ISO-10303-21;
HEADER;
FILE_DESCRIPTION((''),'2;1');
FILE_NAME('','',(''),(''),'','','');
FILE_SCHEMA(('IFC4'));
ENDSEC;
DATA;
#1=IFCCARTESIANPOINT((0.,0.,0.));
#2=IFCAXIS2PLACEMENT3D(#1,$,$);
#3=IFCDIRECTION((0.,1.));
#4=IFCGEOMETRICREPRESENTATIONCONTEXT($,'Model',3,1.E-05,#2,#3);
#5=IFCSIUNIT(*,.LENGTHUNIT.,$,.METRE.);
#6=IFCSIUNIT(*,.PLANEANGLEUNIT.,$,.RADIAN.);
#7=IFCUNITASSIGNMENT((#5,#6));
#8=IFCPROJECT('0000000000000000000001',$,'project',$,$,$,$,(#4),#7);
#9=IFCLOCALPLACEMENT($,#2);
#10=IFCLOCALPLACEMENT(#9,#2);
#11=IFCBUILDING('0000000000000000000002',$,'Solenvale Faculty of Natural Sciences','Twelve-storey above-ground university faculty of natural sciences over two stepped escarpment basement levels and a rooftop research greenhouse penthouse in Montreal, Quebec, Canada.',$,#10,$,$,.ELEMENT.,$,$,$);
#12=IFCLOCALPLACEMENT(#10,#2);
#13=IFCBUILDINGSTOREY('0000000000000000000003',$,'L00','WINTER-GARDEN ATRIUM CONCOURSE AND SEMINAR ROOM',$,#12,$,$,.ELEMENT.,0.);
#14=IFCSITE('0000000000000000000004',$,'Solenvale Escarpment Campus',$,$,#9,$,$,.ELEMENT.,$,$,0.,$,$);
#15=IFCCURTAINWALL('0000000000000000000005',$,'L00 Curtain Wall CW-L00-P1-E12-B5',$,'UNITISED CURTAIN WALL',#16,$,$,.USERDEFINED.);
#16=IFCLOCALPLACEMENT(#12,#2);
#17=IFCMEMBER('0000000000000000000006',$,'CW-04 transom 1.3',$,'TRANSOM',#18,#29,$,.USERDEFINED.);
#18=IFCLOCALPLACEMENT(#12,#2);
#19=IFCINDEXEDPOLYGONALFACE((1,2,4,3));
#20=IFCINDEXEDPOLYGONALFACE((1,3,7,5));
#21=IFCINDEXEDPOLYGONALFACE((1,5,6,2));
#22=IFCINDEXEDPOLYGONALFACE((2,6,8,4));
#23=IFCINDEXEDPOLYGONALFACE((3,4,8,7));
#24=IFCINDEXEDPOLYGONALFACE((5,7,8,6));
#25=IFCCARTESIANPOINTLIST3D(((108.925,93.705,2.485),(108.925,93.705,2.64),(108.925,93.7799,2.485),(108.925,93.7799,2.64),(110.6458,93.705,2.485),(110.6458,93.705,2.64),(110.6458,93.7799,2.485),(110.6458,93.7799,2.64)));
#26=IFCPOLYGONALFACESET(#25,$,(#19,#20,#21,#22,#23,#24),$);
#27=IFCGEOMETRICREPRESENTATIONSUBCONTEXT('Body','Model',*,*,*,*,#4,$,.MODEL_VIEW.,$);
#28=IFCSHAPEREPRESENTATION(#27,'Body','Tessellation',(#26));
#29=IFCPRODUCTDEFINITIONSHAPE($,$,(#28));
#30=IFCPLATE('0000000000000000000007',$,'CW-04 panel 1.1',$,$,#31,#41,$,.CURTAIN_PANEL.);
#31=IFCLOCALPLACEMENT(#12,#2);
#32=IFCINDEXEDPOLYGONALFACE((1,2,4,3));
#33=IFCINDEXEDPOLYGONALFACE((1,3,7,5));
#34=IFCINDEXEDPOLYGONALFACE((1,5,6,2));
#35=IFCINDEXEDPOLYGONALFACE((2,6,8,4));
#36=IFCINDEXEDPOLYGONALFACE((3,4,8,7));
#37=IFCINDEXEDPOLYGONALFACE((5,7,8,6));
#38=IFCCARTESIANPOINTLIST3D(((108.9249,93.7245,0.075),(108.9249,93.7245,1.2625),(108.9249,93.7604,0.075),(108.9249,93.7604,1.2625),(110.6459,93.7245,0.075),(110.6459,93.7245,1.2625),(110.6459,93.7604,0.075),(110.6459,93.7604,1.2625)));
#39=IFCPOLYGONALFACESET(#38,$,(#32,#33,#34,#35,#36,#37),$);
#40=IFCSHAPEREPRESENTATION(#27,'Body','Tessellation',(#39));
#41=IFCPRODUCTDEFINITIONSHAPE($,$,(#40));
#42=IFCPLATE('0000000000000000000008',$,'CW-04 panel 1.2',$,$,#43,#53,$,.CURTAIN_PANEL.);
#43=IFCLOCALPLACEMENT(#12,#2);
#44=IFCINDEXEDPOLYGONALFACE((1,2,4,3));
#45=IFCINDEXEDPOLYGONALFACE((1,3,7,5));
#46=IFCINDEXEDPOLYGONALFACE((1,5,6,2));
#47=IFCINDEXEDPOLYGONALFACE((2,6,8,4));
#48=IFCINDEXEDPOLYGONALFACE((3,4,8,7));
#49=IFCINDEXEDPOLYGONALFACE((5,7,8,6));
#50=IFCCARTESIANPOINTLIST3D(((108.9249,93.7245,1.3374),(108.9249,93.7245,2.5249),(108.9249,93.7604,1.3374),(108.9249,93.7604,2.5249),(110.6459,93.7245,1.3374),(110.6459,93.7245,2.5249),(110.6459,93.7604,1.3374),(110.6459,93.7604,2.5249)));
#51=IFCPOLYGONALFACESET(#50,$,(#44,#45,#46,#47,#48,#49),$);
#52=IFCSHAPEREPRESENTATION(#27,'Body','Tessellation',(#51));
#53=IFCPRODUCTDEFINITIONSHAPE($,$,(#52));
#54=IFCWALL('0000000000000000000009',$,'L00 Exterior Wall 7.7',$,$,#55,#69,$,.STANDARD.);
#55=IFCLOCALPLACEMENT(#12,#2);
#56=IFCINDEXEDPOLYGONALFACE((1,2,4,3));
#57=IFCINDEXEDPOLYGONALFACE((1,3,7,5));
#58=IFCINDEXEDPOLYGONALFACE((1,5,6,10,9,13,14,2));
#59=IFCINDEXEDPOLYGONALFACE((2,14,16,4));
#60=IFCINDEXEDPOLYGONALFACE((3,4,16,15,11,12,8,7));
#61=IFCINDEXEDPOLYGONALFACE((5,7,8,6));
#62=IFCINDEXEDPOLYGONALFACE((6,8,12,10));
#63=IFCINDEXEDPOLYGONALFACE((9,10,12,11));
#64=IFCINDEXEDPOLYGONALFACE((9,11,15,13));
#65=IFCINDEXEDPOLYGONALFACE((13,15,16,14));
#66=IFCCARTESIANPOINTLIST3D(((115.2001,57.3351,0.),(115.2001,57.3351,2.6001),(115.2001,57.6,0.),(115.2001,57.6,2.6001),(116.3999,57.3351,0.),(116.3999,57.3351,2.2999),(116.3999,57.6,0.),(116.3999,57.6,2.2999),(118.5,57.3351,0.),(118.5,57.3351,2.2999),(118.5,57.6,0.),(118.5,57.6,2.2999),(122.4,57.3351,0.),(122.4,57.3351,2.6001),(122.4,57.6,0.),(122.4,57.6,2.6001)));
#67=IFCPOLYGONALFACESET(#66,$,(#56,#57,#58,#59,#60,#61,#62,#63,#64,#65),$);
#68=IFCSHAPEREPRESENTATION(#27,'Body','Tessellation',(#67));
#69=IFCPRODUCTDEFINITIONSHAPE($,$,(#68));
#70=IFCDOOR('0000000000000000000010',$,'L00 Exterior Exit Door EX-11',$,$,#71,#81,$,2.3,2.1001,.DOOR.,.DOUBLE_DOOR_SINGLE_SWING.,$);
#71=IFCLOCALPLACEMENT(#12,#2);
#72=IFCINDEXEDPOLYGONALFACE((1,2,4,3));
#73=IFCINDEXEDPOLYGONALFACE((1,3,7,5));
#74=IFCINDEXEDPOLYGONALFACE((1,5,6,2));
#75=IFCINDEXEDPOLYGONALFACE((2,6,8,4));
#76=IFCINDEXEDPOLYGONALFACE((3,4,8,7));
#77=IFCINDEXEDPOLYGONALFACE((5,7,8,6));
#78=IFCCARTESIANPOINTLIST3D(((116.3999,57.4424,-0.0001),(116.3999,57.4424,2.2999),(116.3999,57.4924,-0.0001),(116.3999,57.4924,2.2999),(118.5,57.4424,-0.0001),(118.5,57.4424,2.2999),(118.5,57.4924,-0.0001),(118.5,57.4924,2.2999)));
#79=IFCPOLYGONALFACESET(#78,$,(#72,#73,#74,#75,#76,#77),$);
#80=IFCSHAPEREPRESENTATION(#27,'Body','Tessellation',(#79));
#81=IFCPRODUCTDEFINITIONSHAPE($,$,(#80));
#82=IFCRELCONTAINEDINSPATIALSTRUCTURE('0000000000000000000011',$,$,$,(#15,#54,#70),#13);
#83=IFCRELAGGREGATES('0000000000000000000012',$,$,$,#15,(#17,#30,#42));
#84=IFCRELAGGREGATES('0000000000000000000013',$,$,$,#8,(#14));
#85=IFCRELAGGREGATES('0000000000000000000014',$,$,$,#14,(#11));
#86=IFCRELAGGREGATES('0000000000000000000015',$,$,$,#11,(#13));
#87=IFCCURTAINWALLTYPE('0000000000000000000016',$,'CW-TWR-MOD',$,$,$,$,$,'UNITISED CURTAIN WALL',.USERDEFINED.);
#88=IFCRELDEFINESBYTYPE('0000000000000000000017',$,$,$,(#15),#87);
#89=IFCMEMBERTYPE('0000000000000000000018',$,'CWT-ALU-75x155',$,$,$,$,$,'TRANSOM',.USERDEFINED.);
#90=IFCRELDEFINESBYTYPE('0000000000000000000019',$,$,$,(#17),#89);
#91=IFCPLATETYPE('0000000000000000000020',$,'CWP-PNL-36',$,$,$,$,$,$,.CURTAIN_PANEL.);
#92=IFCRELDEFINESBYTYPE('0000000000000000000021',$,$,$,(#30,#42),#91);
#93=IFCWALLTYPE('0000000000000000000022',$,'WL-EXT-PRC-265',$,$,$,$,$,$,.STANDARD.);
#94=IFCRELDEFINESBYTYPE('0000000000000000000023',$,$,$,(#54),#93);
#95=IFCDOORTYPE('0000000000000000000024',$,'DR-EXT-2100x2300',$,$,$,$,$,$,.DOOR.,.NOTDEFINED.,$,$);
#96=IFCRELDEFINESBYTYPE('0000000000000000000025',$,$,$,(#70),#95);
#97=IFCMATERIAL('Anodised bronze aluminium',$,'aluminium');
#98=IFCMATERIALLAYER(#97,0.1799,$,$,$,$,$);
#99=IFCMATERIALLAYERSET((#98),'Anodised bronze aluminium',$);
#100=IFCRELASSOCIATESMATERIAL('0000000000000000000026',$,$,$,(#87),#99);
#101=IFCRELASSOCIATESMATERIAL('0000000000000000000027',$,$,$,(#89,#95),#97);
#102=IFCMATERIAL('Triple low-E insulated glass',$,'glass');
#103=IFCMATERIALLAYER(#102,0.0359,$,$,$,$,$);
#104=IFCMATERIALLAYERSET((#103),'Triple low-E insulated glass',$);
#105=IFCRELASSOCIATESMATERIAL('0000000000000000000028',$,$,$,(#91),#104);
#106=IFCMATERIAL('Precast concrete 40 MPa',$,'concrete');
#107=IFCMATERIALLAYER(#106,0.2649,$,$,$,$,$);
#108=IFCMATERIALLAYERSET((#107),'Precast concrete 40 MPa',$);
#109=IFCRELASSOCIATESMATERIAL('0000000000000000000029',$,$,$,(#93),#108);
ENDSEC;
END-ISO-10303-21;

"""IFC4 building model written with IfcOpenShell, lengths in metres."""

from ifc_helpers import new_model, si_unit, direction, frame, frame_2d, origin, origin_2d, place, context, subcontext, project, spatial, rectangle, extrude, material, layer, layer_set, material_profile, profile_set, type_object, element, fill, aggregate, save


model = new_model("IFC4")

# Units and contexts
model_context = context("Model", 3, precision=1e-05, world=origin(), true_north=direction((0.0, 1.0)))
body_context = subcontext(model_context, "Body", "Model", "MODEL_VIEW")
ifc_project = project(units=[si_unit("LENGTHUNIT", "METRE"), si_unit("PLANEANGLEUNIT", "RADIAN")], contexts=[model_context])

# Site, building, storey
site_placement = place(None, origin())
site = spatial("IfcSite", under=ifc_project, at=site_placement, Name="Solenvale Escarpment Campus", CompositionType="ELEMENT", RefElevation=0.0)
building_placement = place(site_placement, origin())
building = spatial("IfcBuilding", under=site, at=building_placement, Name="Solenvale Faculty of Natural Sciences", Description="Twelve-storey above-ground university faculty of natural sciences over two stepped escarpment basement levels and a rooftop research greenhouse penthouse in Montreal, Quebec, Canada.", CompositionType="ELEMENT")
storey_placement = place(building_placement, origin())
storey = spatial("IfcBuildingStorey", under=building, at=storey_placement, Name="L00", Description="WINTER-GARDEN ATRIUM CONCOURSE AND SEMINAR ROOM", CompositionType="ELEMENT", Elevation=0.0)

# Curtain wall, member, plates
ifc_material_1 = material(Name="Anodised bronze aluminium", Category="aluminium")
ifc_layer_1 = layer(ifc_material_1, 0.1799)
ifc_layer_set_1 = layer_set([ifc_layer_1], Name="Anodised bronze aluminium")
curtain_wall_type = type_object("IfcCurtainWallType", Name="CW-TWR-MOD", ElementType="UNITISED CURTAIN WALL", PredefinedType="USERDEFINED", material=ifc_layer_set_1)
curtain_wall_placement = place(storey_placement, origin())
curtain_wall = element("IfcCurtainWall", 1, at=curtain_wall_placement, inside=storey, type_object=curtain_wall_type, Name="L00 Curtain Wall CW-L00-P1-E12-B5", ObjectType="UNITISED CURTAIN WALL", PredefinedType="USERDEFINED")
ifc_material_profile_1 = material_profile(ifc_material_1, rectangle(XDim=0.075, YDim=0.155, at=origin_2d()), Name="ALU-TRN-75x155")
ifc_profile_set_1 = profile_set([ifc_material_profile_1], Name="Anodised bronze aluminium")
member_type_1 = type_object("IfcMemberType", Name="CWT-ALU-75x155", ElementType="TRANSOM", PredefinedType="USERDEFINED", material=ifc_profile_set_1)
member_1_placement = place(storey_placement, frame((108.925, 93.7424, 2.5625), z_axis=(1.0, 0.0, 0.0), x_axis=(0.0, 1.0, 0.0)))
member_1 = element("IfcMember", 2, at=member_1_placement, type_object=member_type_1, Name="CW-04 transom 1.3", ObjectType="TRANSOM", PredefinedType="USERDEFINED", context=body_context, shape_type="SweptSolid", body=[
    extrude(rectangle(XDim=0.075, YDim=0.155, at=origin_2d()), origin(), (0.0, 0.0, 1.0), 1.7207),
])
ifc_material_2 = material(Name="Triple low-E insulated glass", Category="glass")
ifc_layer_2 = layer(ifc_material_2, 0.0359)
ifc_layer_set_2 = layer_set([ifc_layer_2], Name="Triple low-E insulated glass")
plate_type = type_object("IfcPlateType", Name="CWP-PNL-36", PredefinedType="CURTAIN_PANEL", material=ifc_layer_set_2)
plate_1_placement = place(storey_placement, frame((109.7854, 93.7424, 0.075), z_axis=(0.0, 0.0, 1.0), x_axis=(1.0, 0.0, 0.0)))
plate_1 = element("IfcPlate", 3, at=plate_1_placement, type_object=plate_type, Name="CW-04 panel 1.1", PredefinedType="CURTAIN_PANEL", context=body_context, shape_type="SweptSolid", body=[
    extrude(rectangle(XDim=1.7209, YDim=0.0359, at=origin_2d()), origin(), (0.0, 0.0, 1.0), 1.1875),
])
plate_2_placement = place(storey_placement, frame((109.7854, 93.7424, 1.3374), z_axis=(0.0, 0.0, 1.0), x_axis=(1.0, 0.0, 0.0)))
plate_2 = element("IfcPlate", 4, at=plate_2_placement, type_object=plate_type, Name="CW-04 panel 1.2", PredefinedType="CURTAIN_PANEL", context=body_context, shape_type="SweptSolid", body=[
    extrude(rectangle(XDim=1.7209, YDim=0.0359, at=origin_2d()), origin(), (0.0, 0.0, 1.0), 1.1875),
])
aggregate(curtain_wall, [member_1, plate_1, plate_2])

# Wall, opening, door
ifc_material_3 = material(Name="Precast concrete 40 MPa", Category="concrete")
ifc_layer_3 = layer(ifc_material_3, 0.2649)
ifc_layer_set_3 = layer_set([ifc_layer_3], Name="Precast concrete 40 MPa")
wall_type = type_object("IfcWallType", Name="WL-EXT-PRC-265", PredefinedType="STANDARD", material=ifc_layer_set_3)
wall_placement = place(storey_placement, frame((115.2, 57.4675, 0.0), z_axis=(0.0, 0.0, 1.0), x_axis=(1.0, 0.0, 0.0)))
wall = element("IfcWall", 5, at=wall_placement, inside=storey, type_object=wall_type, Name="L00 Exterior Wall 7.7", PredefinedType="STANDARD", context=body_context, shape_type="SweptSolid", body=[
    extrude(rectangle(XDim=7.2, YDim=0.2649, at=frame_2d((3.6001, 0.0))), origin(), (0.0, 0.0, 1.0), 2.6001),
])
opening_placement = place(wall_placement, frame((1.2, 0.0, 0.0)))
opening = element("IfcOpeningElement", 6, at=opening_placement, cuts=wall, PredefinedType="OPENING", context=body_context, shape_type="SweptSolid", body=[
    extrude(rectangle(XDim=2.1001, YDim=2.3, at=frame_2d((1.05, 1.1499))), frame((0.0, 0.1423, 0.0), z_axis=(0.0, -1.0, 0.0), x_axis=(1.0, 0.0, 0.0)), (0.0, 0.0, 1.0), 0.2849),
])
door_type = type_object("IfcDoorType", Name="DR-EXT-2100x2300", OperationType="NOTDEFINED", PredefinedType="DOOR", material=ifc_material_1)
door_placement = place(opening_placement, origin())
door = element("IfcDoor", 7, at=door_placement, inside=storey, type_object=door_type, Name="L00 Exterior Exit Door EX-11", OperationType="DOUBLE_DOOR_SINGLE_SWING", OverallHeight=2.3, OverallWidth=2.1001, PredefinedType="DOOR", context=body_context, shape_type="SweptSolid", body=[
    extrude(rectangle(XDim=2.1001, YDim=2.3, at=frame_2d((1.05, 1.1499))), frame((0.0, 0.0249, 0.0), z_axis=(0.0, -1.0, 0.0), x_axis=(1.0, 0.0, 0.0)), (0.0, 0.0, 1.0), 0.05),
])
fill(opening, door)

save(model, "model.ifc")
